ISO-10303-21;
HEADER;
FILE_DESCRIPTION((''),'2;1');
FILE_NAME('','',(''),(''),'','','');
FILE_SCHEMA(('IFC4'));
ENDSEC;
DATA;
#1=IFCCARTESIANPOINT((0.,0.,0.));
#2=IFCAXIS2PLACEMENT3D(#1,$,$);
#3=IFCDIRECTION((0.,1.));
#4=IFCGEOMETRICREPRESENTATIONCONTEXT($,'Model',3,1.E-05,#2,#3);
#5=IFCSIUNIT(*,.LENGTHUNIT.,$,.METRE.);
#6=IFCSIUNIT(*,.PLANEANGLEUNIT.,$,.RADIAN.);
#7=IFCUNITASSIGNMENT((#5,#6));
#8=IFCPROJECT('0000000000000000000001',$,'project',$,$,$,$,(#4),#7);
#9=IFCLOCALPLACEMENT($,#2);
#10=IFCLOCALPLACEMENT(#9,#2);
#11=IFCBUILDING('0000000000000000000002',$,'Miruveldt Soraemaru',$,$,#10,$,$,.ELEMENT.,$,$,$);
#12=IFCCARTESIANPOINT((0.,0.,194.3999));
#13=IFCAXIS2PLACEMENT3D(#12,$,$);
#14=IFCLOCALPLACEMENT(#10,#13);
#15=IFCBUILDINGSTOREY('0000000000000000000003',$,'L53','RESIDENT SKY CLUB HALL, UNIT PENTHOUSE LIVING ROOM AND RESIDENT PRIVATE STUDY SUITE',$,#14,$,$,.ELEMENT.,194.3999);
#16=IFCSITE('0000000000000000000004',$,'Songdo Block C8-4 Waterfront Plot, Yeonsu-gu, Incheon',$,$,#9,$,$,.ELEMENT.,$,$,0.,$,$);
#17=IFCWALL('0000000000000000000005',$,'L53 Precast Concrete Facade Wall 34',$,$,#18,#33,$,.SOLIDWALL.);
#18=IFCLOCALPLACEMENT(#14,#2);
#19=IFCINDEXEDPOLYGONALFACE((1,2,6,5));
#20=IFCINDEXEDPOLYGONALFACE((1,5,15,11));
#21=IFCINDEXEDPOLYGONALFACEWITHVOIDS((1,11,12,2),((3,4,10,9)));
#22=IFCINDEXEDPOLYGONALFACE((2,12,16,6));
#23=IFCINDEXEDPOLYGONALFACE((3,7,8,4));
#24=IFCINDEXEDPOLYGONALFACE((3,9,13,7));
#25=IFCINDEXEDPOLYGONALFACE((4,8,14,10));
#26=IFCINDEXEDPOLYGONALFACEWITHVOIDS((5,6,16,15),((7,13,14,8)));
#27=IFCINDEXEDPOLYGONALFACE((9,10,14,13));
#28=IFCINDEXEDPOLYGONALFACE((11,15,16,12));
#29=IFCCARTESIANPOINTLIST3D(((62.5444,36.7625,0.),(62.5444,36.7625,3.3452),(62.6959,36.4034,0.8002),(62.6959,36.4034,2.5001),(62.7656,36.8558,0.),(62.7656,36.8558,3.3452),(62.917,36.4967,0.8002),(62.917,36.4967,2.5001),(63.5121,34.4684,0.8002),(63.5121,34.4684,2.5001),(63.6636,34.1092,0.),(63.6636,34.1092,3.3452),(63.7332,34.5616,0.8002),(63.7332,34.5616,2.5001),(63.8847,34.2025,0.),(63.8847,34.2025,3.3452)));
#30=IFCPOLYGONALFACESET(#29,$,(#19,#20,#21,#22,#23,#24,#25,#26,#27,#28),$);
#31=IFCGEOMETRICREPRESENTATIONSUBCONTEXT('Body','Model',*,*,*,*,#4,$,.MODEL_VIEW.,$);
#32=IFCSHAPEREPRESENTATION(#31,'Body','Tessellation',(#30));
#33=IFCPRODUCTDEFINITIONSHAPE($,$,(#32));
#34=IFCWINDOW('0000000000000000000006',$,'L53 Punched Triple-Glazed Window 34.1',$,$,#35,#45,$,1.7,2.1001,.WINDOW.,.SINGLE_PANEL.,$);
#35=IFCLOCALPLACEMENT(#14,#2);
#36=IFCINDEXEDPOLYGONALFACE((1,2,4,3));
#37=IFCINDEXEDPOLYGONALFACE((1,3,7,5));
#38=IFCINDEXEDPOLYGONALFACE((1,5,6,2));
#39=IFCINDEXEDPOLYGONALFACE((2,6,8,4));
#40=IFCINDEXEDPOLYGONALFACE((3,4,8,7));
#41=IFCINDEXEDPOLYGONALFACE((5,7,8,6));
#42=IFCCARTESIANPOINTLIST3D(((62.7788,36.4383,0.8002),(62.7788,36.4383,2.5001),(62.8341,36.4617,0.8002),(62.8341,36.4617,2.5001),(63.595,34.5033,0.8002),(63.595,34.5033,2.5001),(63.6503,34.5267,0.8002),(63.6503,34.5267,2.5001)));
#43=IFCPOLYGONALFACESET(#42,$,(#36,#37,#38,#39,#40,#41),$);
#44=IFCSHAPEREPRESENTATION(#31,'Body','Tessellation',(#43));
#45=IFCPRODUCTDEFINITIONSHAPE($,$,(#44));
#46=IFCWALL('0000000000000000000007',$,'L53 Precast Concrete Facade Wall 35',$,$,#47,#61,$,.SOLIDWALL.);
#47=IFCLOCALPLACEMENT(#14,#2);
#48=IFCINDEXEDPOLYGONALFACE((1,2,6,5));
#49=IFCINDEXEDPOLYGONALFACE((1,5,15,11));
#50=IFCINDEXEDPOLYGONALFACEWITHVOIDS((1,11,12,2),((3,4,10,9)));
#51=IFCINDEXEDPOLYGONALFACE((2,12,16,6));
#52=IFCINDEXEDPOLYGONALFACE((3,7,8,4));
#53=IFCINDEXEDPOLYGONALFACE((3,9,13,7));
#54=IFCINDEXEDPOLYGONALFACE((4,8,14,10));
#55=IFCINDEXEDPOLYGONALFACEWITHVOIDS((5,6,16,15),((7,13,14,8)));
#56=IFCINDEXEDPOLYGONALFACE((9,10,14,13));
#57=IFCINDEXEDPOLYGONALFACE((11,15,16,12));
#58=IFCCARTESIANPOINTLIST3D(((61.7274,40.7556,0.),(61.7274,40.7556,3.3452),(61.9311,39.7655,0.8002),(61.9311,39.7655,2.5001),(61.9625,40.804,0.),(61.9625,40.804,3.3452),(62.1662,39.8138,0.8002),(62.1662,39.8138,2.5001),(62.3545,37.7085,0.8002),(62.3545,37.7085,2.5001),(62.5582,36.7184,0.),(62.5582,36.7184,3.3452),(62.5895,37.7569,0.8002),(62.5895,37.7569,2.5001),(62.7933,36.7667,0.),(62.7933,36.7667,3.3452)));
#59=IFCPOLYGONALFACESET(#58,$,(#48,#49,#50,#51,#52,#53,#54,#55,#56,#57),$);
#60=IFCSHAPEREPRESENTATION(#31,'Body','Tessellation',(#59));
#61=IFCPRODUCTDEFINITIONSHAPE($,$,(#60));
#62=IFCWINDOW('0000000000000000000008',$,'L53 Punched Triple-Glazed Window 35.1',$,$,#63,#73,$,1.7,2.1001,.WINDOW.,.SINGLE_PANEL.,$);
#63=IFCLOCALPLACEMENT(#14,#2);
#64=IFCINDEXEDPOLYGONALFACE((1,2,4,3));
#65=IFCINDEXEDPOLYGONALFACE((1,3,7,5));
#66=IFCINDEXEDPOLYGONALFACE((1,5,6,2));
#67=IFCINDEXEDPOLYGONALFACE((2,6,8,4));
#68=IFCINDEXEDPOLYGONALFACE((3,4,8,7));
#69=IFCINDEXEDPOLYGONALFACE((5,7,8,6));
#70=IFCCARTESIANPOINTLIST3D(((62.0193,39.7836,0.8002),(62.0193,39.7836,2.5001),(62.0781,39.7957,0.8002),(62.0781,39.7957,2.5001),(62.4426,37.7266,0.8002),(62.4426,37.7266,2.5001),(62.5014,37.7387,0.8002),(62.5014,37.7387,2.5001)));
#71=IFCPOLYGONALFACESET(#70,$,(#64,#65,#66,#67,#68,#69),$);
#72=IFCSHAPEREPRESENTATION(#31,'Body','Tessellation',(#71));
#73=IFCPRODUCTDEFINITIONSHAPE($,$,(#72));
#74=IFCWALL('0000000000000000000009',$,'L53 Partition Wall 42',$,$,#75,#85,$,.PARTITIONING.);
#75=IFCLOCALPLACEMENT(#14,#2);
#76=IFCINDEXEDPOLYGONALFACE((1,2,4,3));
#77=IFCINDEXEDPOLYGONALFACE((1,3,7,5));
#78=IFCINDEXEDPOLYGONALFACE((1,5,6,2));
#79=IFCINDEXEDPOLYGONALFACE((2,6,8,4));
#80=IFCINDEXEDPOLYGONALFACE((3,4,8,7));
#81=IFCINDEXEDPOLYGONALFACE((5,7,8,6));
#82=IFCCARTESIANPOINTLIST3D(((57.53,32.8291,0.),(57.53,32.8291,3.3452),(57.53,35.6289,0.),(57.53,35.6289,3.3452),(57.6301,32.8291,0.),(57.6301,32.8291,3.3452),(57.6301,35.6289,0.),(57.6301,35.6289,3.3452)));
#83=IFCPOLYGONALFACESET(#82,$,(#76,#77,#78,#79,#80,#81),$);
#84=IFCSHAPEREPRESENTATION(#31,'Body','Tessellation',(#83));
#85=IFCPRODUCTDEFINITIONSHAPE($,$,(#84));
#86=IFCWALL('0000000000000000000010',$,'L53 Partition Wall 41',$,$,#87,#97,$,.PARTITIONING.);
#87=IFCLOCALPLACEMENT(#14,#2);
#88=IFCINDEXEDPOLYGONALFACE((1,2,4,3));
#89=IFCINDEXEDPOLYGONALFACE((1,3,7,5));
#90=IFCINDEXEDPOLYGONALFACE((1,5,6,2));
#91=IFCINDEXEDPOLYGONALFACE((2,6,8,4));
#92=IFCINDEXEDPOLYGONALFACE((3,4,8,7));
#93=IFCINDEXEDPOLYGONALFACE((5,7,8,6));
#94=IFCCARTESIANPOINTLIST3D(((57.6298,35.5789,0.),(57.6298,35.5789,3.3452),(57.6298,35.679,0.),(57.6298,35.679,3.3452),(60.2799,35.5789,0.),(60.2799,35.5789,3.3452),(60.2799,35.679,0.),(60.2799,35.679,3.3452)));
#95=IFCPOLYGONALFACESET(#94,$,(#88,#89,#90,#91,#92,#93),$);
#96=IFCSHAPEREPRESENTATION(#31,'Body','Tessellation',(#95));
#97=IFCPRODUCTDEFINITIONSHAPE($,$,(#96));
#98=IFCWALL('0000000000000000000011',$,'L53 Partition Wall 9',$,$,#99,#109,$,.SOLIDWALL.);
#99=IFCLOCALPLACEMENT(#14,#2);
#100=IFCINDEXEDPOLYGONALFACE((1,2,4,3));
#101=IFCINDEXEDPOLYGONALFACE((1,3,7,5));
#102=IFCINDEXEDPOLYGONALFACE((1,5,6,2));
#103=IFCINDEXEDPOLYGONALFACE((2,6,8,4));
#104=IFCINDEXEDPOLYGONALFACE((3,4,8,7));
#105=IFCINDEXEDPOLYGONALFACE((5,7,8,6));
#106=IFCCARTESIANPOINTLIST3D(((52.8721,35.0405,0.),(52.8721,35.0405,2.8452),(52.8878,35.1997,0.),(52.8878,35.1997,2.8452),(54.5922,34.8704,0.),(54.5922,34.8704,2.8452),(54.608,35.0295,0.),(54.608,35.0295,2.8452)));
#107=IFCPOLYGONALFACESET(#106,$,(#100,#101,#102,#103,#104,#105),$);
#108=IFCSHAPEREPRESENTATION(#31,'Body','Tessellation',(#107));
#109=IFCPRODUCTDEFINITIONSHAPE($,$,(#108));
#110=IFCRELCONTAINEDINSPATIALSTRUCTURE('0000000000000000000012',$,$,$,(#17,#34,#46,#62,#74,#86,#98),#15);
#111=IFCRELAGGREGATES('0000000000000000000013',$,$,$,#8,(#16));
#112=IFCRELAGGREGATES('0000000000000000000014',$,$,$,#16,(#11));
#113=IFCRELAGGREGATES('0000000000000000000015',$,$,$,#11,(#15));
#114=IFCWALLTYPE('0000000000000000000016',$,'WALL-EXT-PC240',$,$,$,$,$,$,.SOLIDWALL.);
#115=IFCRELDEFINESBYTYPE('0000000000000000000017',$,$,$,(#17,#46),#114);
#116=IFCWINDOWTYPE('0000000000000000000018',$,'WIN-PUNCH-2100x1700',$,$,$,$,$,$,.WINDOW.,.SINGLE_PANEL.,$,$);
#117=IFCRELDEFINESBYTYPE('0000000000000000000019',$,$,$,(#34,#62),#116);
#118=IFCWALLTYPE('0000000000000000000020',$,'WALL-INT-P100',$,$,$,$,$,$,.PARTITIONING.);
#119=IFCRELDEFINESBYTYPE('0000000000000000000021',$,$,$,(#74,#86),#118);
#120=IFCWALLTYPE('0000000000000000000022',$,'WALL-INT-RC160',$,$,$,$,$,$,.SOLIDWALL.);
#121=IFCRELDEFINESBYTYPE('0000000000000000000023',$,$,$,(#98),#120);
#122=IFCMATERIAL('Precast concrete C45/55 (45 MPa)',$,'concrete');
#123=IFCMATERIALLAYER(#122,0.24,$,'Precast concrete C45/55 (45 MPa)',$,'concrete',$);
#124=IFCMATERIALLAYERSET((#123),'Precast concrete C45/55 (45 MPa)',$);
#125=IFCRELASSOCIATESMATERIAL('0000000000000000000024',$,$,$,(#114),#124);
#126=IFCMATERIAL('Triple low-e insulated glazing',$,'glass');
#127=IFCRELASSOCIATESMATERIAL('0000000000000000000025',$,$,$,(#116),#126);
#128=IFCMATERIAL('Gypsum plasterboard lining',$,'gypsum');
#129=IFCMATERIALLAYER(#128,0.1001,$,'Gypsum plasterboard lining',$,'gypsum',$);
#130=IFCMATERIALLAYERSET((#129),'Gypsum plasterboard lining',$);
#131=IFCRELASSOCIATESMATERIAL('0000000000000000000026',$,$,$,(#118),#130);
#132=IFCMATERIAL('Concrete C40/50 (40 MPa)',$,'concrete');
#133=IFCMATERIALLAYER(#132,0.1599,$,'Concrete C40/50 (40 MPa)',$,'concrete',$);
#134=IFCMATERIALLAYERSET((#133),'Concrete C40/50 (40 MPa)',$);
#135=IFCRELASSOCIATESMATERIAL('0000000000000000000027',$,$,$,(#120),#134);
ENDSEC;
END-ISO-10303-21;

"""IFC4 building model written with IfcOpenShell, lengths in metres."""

from ifc_helpers import new_model, si_unit, direction, frame, frame_2d, origin, place, context, subcontext, project, spatial, rectangle, extrude, material, layer, layer_set, type_object, element, fill, save


model = new_model("IFC4")

# Units and contexts
model_context = context("Model", 3, precision=1e-05, world=origin(), true_north=direction((0.0, 1.0)))
body_context = subcontext(model_context, "Body", "Model", "MODEL_VIEW")
ifc_project = project(units=[si_unit("LENGTHUNIT", "METRE"), si_unit("PLANEANGLEUNIT", "RADIAN")], contexts=[model_context])

# Site, building, storey
site_placement = place(None, origin())
site = spatial("IfcSite", under=ifc_project, at=site_placement, Name="Songdo Block C8-4 Waterfront Plot, Yeonsu-gu, Incheon", CompositionType="ELEMENT", RefElevation=0.0)
building_placement = place(site_placement, origin())
building = spatial("IfcBuilding", under=site, at=building_placement, Name="Miruveldt Soraemaru", CompositionType="ELEMENT")
storey_placement = place(building_placement, frame((0.0, 0.0, 194.3999)))
storey = spatial("IfcBuildingStorey", under=building, at=storey_placement, Name="L53", Description="RESIDENT SKY CLUB HALL, UNIT PENTHOUSE LIVING ROOM AND RESIDENT PRIVATE STUDY SUITE", CompositionType="ELEMENT", Elevation=194.3999)

# Walls, openings, windows
ifc_material_1 = material(Name="Precast concrete C45/55 (45 MPa)", Category="concrete")
ifc_layer_1 = layer(ifc_material_1, 0.24, Name="Precast concrete C45/55 (45 MPa)", Category="concrete")
ifc_layer_set_1 = layer_set([ifc_layer_1], Name="Precast concrete C45/55 (45 MPa)")
wall_type_1 = type_object("IfcWallType", Name="WALL-EXT-PC240", PredefinedType="SOLIDWALL", material=ifc_layer_set_1)
wall_1_placement = place(storey_placement, frame((63.7742, 34.1558, 0.0), z_axis=(0.0, 0.0, 1.0), x_axis=(-0.388633, 0.921393, 0.0)))
wall_1 = element("IfcWall", 1, at=wall_1_placement, inside=storey, type_object=wall_type_1, Name="L53 Precast Concrete Facade Wall 34", PredefinedType="SOLIDWALL", context=body_context, shape_type="SweptSolid", body=[
    extrude(rectangle(XDim=2.8796, YDim=0.24, at=frame_2d((1.4399, 0.0))), origin(), (0.0, 0.0, 1.0), 3.3452),
])
opening_1_placement = place(wall_1_placement, frame((0.3899, 0.0, 0.8)))
opening_1 = element("IfcOpeningElement", 2, at=opening_1_placement, cuts=wall_1, PredefinedType="OPENING", context=body_context, shape_type="SweptSolid", body=[
    extrude(rectangle(XDim=2.1001, YDim=1.7, at=frame_2d((1.05, 0.8501))), frame((0.0, 0.1299, 0.0), z_axis=(0.0, -1.0, 0.0), x_axis=(1.0, 0.0, 0.0)), (0.0, 0.0, 1.0), 0.26),
])
ifc_material_2 = material(Name="Triple low-e insulated glazing", Category="glass")
window_type = type_object("IfcWindowType", Name="WIN-PUNCH-2100x1700", PartitioningType="SINGLE_PANEL", PredefinedType="WINDOW", material=ifc_material_2)
window_1_placement = place(opening_1_placement, origin())
window_1 = element("IfcWindow", 3, at=window_1_placement, inside=storey, type_object=window_type, Name="L53 Punched Triple-Glazed Window 34.1", OverallHeight=1.7, OverallWidth=2.1001, PartitioningType="SINGLE_PANEL", PredefinedType="WINDOW", context=body_context, shape_type="SweptSolid", body=[
    extrude(rectangle(XDim=2.1001, YDim=1.7, at=frame_2d((1.05, 0.8501))), frame((0.0, 0.03, 0.0), z_axis=(0.0, -1.0, 0.0), x_axis=(1.0, 0.0, 0.0)), (0.0, 0.0, 1.0), 0.0601),
])
fill(opening_1, window_1)
wall_2_placement = place(storey_placement, frame((62.6758, 36.7424, 0.0), z_axis=(0.0, 0.0, 1.0), x_axis=(-0.201569, 0.979474, 0.0)))
wall_2 = element("IfcWall", 4, at=wall_2_placement, inside=storey, type_object=wall_type_1, Name="L53 Precast Concrete Facade Wall 35", PredefinedType="SOLIDWALL", context=body_context, shape_type="SweptSolid", body=[
    extrude(rectangle(XDim=4.1218, YDim=0.24, at=frame_2d((2.061, 0.0))), origin(), (0.0, 0.0, 1.0), 3.3452),
])
opening_2_placement = place(wall_2_placement, frame((1.011, 0.0, 0.8)))
opening_2 = element("IfcOpeningElement", 5, at=opening_2_placement, cuts=wall_2, PredefinedType="OPENING", context=body_context, shape_type="SweptSolid", body=[
    extrude(rectangle(XDim=2.1001, YDim=1.7, at=frame_2d((1.05, 0.8501))), frame((0.0, 0.1299, 0.0), z_axis=(0.0, -1.0, 0.0), x_axis=(1.0, 0.0, 0.0)), (0.0, 0.0, 1.0), 0.26),
])
window_2_placement = place(opening_2_placement, origin())
window_2 = element("IfcWindow", 6, at=window_2_placement, inside=storey, type_object=window_type, Name="L53 Punched Triple-Glazed Window 35.1", OverallHeight=1.7, OverallWidth=2.1001, PartitioningType="SINGLE_PANEL", PredefinedType="WINDOW", context=body_context, shape_type="SweptSolid", body=[
    extrude(rectangle(XDim=2.1001, YDim=1.7, at=frame_2d((1.05, 0.8501))), frame((0.0, 0.03, 0.0), z_axis=(0.0, -1.0, 0.0), x_axis=(1.0, 0.0, 0.0)), (0.0, 0.0, 1.0), 0.0601),
])
fill(opening_2, window_2)

# Walls
ifc_material_3 = material(Name="Gypsum plasterboard lining", Category="gypsum")
ifc_layer_2 = layer(ifc_material_3, 0.1001, Name="Gypsum plasterboard lining", Category="gypsum")
ifc_layer_set_2 = layer_set([ifc_layer_2], Name="Gypsum plasterboard lining")
wall_type_2 = type_object("IfcWallType", Name="WALL-INT-P100", PredefinedType="PARTITIONING", material=ifc_layer_set_2)
wall_3_placement = place(storey_placement, frame((57.5801, 35.6289, 0.0), z_axis=(0.0, 0.0, 1.0), x_axis=(0.0, -1.0, 0.0)))
element("IfcWall", 7, at=wall_3_placement, inside=storey, type_object=wall_type_2, Name="L53 Partition Wall 42", PredefinedType="PARTITIONING", context=body_context, shape_type="SweptSolid", body=[
    extrude(rectangle(XDim=2.7998, YDim=0.1001, at=frame_2d((1.3999, 0.0))), origin(), (0.0, 0.0, 1.0), 3.3452),
])
wall_4_placement = place(storey_placement, frame((60.28, 35.6289, 0.0), z_axis=(0.0, 0.0, 1.0), x_axis=(-1.0, 0.0, 0.0)))
element("IfcWall", 8, at=wall_4_placement, inside=storey, type_object=wall_type_2, Name="L53 Partition Wall 41", PredefinedType="PARTITIONING", context=body_context, shape_type="SweptSolid", body=[
    extrude(rectangle(XDim=2.6501, YDim=0.1001, at=frame_2d((1.3252, 0.0))), origin(), (0.0, 0.0, 1.0), 3.3452),
])
ifc_material_4 = material(Name="Concrete C40/50 (40 MPa)", Category="concrete")
ifc_layer_3 = layer(ifc_material_4, 0.1599, Name="Concrete C40/50 (40 MPa)", Category="concrete")
ifc_layer_set_3 = layer_set([ifc_layer_3], Name="Concrete C40/50 (40 MPa)")
wall_type_3 = type_object("IfcWallType", Name="WALL-INT-RC160", PredefinedType="SOLIDWALL", material=ifc_layer_set_3)
wall_5_placement = place(storey_placement, frame((54.6001, 34.95, 0.0), z_axis=(0.0, 0.0, 1.0), x_axis=(-0.995143, 0.098441, 0.0)))
element("IfcWall", 9, at=wall_5_placement, inside=storey, type_object=wall_type_3, Name="L53 Partition Wall 9", PredefinedType="SOLIDWALL", context=body_context, shape_type="SweptSolid", body=[
    extrude(rectangle(XDim=1.7285, YDim=0.1599, at=frame_2d((0.8643, 0.0))), origin(), (0.0, 0.0, 1.0), 2.8452),
])

save(model, "model.ifc")
